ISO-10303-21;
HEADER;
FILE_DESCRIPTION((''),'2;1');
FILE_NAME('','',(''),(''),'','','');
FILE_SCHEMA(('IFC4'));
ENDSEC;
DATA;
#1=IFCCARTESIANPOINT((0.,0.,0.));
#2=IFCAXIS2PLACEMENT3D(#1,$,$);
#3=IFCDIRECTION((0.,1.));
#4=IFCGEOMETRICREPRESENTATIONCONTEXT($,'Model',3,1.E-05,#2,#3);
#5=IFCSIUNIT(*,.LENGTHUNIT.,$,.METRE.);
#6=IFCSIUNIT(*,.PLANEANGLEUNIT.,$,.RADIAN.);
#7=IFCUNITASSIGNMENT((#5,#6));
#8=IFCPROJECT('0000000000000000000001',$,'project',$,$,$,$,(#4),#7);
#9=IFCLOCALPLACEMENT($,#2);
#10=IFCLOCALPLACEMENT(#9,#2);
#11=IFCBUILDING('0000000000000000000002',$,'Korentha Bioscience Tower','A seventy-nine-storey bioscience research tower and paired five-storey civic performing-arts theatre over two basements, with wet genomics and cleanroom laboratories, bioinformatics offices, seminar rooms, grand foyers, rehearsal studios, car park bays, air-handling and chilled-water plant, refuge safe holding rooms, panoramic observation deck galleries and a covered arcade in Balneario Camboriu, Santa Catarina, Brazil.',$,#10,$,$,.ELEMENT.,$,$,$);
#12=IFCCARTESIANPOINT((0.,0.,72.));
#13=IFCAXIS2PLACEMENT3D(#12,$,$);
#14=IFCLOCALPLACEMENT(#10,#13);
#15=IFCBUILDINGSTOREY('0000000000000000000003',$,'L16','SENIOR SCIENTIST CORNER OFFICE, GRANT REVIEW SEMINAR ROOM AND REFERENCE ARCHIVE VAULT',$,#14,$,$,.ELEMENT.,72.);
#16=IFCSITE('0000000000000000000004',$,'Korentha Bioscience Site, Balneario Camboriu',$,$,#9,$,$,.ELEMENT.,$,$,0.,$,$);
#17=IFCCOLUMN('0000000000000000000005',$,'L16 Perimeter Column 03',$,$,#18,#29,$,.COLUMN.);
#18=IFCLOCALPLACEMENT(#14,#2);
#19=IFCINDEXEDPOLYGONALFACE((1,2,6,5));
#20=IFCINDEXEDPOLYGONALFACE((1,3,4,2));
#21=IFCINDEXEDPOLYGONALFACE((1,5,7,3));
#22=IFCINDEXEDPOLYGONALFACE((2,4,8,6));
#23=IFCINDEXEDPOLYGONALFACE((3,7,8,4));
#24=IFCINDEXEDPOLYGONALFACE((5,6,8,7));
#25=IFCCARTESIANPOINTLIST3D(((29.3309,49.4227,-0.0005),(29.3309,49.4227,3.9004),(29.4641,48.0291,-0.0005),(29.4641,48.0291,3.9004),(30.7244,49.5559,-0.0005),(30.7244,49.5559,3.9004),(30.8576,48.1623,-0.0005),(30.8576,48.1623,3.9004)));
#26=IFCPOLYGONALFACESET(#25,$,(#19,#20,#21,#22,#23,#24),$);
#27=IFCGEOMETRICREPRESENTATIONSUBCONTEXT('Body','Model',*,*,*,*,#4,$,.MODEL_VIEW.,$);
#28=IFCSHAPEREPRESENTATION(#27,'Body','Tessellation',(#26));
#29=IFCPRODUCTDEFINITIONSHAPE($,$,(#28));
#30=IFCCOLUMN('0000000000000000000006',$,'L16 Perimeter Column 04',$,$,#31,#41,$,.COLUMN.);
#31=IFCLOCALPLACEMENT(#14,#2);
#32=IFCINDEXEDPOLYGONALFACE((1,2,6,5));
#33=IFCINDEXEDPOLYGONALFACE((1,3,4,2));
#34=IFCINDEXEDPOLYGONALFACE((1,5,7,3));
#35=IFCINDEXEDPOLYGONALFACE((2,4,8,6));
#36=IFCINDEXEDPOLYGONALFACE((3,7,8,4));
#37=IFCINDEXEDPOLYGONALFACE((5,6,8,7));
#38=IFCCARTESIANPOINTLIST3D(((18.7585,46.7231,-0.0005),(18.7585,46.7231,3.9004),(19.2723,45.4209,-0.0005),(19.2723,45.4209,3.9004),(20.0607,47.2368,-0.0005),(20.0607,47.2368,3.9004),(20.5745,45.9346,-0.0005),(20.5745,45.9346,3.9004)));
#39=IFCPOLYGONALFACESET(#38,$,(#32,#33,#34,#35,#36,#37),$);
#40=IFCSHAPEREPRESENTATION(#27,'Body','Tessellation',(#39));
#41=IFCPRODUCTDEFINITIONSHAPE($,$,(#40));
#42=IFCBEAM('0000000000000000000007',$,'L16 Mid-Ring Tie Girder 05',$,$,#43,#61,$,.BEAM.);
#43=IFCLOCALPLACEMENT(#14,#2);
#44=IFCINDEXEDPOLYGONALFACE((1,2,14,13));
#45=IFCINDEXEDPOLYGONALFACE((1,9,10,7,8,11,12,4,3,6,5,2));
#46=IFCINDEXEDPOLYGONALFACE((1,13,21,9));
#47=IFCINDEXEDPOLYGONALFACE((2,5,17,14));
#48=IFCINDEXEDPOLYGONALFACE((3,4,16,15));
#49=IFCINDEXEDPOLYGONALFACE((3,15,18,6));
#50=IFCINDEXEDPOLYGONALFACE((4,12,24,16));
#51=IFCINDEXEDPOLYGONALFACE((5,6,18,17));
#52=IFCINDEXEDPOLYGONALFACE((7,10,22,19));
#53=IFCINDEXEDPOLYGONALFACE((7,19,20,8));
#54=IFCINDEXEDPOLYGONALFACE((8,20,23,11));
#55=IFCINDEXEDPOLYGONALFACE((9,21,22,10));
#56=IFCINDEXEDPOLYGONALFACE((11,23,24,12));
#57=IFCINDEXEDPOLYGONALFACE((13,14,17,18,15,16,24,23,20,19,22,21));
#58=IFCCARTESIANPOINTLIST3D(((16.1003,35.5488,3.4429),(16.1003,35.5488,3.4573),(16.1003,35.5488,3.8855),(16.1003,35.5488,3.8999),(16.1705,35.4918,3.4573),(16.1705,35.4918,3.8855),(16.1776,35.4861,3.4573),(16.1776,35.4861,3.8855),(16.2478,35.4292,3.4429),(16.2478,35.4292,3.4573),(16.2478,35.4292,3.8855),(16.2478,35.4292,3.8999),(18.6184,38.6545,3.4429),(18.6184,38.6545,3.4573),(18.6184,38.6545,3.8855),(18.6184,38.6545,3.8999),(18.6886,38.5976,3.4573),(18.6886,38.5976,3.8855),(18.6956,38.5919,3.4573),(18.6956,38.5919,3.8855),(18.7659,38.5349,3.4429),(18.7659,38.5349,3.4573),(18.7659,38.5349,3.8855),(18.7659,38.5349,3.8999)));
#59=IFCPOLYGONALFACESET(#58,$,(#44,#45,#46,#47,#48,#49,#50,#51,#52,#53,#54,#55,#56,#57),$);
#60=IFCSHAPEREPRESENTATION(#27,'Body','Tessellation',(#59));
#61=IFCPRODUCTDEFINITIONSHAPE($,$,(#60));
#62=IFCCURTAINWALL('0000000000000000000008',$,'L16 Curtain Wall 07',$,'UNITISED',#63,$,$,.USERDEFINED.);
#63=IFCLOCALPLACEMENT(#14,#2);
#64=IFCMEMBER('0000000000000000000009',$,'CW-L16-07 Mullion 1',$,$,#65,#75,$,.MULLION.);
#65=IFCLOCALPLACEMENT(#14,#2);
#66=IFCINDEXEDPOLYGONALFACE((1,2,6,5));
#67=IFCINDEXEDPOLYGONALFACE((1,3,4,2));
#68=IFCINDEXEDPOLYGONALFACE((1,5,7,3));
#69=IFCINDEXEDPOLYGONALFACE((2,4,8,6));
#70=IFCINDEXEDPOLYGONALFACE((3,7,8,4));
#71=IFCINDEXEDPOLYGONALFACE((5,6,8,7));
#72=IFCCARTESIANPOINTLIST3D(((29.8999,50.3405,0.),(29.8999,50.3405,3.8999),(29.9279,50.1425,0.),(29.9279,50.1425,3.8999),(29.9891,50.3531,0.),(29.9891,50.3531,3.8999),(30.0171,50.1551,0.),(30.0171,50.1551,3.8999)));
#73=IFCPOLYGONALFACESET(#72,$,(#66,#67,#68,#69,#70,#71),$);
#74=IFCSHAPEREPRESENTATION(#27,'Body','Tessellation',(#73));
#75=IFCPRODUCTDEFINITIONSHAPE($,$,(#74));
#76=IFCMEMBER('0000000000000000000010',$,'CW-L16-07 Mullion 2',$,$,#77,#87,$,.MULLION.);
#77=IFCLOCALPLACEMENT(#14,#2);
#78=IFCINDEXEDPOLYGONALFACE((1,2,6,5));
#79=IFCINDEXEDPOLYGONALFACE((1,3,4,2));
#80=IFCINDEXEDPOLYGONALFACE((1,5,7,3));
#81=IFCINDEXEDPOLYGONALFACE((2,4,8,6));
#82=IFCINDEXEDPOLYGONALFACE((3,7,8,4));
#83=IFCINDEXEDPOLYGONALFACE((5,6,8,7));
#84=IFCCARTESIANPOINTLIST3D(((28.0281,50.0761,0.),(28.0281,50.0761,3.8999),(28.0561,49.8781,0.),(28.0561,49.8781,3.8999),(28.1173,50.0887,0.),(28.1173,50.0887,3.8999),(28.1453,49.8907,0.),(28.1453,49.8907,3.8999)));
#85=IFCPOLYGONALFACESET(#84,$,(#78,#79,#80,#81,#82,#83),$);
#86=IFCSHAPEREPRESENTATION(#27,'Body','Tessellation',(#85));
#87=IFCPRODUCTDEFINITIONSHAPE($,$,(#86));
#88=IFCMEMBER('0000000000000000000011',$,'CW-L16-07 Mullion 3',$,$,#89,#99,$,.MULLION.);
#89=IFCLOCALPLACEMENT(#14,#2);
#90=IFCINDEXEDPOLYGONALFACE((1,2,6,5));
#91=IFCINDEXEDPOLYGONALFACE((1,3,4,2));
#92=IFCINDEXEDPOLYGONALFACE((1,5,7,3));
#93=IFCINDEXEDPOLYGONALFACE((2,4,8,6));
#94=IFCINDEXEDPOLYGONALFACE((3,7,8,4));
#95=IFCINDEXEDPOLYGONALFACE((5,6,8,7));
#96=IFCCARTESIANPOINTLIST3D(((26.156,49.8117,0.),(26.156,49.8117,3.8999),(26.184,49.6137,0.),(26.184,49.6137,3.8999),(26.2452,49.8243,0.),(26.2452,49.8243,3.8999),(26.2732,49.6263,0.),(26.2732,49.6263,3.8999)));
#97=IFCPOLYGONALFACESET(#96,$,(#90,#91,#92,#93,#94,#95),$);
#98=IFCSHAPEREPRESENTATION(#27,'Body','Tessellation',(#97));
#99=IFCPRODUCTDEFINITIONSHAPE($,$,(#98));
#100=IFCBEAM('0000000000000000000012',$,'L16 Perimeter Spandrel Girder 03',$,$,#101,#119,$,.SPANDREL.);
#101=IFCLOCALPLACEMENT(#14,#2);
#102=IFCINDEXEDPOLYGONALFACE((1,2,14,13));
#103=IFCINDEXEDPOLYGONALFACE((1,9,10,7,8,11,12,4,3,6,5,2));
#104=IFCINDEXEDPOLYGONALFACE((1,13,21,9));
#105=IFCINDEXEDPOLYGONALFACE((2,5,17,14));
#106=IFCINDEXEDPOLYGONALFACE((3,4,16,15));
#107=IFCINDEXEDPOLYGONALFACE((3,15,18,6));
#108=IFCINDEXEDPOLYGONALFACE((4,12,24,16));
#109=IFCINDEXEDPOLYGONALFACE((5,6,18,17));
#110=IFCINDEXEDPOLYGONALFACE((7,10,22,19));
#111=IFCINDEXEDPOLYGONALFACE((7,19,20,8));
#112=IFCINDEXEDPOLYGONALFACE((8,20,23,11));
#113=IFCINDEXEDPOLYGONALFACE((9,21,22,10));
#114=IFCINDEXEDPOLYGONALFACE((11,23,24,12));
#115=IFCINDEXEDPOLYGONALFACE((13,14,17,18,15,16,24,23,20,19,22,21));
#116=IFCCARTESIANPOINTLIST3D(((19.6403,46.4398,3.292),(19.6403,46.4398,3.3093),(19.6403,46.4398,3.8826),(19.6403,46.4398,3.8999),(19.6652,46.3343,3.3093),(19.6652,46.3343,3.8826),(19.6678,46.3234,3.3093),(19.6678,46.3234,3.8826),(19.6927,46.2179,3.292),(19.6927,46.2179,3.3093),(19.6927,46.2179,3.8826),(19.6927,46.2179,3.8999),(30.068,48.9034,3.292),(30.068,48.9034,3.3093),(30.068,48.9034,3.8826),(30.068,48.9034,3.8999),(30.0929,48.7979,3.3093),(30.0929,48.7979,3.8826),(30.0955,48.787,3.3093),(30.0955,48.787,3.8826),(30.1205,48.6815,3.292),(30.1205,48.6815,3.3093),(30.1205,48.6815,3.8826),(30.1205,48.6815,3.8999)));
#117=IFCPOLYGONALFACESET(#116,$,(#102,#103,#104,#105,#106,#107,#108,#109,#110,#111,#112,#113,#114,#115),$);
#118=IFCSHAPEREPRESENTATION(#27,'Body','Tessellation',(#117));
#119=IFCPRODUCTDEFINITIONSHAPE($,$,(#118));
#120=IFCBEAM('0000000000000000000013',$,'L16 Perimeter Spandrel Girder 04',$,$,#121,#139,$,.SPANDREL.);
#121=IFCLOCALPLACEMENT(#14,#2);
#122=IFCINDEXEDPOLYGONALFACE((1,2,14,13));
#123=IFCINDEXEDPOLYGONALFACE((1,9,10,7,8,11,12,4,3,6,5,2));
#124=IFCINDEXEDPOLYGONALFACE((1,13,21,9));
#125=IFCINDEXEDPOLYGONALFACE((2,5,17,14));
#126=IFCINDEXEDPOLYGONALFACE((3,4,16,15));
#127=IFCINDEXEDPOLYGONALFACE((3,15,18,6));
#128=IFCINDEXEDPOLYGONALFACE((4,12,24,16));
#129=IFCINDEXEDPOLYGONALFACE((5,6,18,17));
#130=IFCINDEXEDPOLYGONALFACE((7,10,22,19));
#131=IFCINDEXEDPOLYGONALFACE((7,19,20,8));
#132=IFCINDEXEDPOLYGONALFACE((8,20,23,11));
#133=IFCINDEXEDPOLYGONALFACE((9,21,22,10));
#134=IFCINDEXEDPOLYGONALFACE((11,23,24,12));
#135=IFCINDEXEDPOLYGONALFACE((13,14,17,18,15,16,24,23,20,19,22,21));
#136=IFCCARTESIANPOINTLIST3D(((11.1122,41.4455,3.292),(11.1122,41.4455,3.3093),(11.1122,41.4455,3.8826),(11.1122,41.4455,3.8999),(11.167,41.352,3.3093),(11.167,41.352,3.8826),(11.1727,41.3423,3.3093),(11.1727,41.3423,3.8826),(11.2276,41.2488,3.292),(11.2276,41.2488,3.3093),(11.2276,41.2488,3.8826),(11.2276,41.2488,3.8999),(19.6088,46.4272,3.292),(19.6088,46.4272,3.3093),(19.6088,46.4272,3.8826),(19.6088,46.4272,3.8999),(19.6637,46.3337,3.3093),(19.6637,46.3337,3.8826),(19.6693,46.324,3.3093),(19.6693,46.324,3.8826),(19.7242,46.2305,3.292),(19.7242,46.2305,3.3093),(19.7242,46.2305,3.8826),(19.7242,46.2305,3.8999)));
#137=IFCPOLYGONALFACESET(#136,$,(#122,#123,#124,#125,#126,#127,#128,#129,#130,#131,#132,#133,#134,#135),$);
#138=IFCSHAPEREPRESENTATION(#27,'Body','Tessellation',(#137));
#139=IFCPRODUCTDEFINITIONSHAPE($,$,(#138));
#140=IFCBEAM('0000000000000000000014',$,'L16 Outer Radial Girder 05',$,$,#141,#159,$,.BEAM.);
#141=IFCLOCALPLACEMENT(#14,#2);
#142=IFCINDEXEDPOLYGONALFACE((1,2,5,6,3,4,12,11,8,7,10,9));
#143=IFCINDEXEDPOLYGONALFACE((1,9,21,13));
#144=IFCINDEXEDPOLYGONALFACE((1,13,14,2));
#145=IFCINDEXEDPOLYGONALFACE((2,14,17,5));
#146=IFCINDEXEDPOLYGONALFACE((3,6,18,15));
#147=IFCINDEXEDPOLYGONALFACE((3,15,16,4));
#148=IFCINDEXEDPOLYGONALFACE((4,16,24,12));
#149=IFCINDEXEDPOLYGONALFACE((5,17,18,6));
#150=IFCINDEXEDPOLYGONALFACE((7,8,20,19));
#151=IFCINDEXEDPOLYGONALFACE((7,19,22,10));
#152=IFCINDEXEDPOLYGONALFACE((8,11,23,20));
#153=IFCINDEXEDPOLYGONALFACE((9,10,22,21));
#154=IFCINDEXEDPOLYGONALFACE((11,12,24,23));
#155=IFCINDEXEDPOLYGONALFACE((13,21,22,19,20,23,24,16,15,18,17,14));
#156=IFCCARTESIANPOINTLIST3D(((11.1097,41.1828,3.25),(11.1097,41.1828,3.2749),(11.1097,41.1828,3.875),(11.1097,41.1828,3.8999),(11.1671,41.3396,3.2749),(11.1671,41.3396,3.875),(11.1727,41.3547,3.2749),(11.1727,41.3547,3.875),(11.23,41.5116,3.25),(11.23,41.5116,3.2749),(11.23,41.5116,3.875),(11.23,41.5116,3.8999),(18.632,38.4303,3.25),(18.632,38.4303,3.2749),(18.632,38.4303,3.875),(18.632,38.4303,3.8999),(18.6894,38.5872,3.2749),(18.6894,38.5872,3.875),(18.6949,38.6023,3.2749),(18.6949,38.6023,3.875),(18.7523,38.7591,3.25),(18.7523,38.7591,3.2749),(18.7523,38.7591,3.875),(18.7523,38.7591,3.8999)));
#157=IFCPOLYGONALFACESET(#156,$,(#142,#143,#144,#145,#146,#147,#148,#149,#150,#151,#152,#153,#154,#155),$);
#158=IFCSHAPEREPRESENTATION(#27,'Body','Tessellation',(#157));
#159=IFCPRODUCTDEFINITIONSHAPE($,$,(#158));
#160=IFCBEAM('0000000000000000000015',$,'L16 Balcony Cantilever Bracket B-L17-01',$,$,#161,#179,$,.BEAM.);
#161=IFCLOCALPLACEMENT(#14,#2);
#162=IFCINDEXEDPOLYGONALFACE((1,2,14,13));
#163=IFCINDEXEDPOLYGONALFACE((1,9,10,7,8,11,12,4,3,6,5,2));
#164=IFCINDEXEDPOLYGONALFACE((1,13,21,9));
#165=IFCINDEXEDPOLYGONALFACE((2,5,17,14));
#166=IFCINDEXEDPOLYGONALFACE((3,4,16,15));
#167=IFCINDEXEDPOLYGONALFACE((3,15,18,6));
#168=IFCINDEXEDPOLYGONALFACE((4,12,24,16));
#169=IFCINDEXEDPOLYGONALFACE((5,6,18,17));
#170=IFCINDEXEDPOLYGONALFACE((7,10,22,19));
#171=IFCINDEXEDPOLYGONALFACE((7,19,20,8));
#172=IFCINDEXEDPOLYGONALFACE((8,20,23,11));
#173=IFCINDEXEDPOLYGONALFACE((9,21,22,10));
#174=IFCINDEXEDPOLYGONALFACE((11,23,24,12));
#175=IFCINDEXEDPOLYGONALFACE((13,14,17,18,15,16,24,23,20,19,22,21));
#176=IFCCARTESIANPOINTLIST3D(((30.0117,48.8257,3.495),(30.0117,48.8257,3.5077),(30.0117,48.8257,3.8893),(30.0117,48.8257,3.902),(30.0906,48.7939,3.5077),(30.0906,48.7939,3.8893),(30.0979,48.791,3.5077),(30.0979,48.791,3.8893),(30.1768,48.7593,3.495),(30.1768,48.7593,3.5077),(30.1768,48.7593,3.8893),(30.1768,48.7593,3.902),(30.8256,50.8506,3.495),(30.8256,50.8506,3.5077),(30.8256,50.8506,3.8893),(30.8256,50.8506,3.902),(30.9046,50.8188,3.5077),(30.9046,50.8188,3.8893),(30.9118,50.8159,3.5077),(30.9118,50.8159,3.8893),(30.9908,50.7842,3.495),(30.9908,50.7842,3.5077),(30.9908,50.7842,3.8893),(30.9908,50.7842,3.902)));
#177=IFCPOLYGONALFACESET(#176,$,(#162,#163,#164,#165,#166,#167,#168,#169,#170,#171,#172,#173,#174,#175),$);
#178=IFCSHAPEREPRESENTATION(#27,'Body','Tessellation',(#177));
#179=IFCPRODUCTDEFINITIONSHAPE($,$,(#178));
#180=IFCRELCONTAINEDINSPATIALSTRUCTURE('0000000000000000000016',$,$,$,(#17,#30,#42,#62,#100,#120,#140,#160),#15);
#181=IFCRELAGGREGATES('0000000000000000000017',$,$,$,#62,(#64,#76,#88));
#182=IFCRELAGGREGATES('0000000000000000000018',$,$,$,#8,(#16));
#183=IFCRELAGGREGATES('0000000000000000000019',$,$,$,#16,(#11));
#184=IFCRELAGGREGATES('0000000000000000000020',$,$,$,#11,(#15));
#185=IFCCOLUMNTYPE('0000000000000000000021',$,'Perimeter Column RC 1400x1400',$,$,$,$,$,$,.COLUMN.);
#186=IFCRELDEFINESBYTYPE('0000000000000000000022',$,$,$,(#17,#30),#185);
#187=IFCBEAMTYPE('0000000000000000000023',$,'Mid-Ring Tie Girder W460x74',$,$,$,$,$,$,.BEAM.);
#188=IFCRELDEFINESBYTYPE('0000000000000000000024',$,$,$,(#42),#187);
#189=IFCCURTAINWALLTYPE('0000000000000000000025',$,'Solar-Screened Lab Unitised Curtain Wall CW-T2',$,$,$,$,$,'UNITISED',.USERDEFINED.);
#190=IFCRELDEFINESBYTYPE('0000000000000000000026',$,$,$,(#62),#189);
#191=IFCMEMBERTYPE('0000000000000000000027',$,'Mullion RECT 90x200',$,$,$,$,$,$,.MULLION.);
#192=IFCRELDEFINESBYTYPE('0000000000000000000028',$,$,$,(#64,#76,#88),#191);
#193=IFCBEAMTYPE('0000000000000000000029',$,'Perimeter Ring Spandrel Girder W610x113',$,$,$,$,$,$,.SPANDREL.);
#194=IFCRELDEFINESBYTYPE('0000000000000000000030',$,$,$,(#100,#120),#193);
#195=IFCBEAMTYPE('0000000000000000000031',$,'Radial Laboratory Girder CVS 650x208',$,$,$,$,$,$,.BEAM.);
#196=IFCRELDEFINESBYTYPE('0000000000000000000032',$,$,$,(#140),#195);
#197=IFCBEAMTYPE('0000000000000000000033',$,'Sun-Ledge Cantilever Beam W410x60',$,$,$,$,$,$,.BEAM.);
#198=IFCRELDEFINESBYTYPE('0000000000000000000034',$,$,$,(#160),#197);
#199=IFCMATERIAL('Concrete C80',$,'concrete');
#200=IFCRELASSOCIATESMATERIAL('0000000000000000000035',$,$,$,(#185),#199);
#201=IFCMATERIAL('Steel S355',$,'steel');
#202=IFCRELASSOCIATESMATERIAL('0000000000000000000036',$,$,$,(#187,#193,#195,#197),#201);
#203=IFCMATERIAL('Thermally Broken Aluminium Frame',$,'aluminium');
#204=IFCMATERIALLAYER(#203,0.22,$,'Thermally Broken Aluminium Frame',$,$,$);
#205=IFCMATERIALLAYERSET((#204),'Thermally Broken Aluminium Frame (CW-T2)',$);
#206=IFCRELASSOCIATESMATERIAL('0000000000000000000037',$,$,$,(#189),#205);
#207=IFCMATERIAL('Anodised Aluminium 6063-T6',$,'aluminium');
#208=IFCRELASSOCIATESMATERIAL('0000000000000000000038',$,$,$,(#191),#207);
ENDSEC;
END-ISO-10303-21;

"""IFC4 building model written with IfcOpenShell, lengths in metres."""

from ifc_helpers import new_model, si_unit, direction, frame, origin, origin_2d, place, context, subcontext, project, spatial, rectangle, i_section, extrude, material, layer, layer_set, material_profile, profile_set, type_object, element, aggregate, save


model = new_model("IFC4")

# Units and contexts
model_context = context("Model", 3, precision=1e-05, world=origin(), true_north=direction((0.0, 1.0)))
body_context = subcontext(model_context, "Body", "Model", "MODEL_VIEW")
ifc_project = project(units=[si_unit("LENGTHUNIT", "METRE"), si_unit("PLANEANGLEUNIT", "RADIAN")], contexts=[model_context])

# Site, building, storey
site_placement = place(None, origin())
site = spatial("IfcSite", under=ifc_project, at=site_placement, Name="Korentha Bioscience Site, Balneario Camboriu", CompositionType="ELEMENT", RefElevation=0.0)
building_placement = place(site_placement, origin())
building = spatial("IfcBuilding", under=site, at=building_placement, Name="Korentha Bioscience Tower", Description="A seventy-nine-storey bioscience research tower and paired five-storey civic performing-arts theatre over two basements, with wet genomics and cleanroom laboratories, bioinformatics offices, seminar rooms, grand foyers, rehearsal studios, car park bays, air-handling and chilled-water plant, refuge safe holding rooms, panoramic observation deck galleries and a covered arcade in Balneario Camboriu, Santa Catarina, Brazil.", CompositionType="ELEMENT")
storey_placement = place(building_placement, frame((0.0, 0.0, 72.0)))
storey = spatial("IfcBuildingStorey", under=building, at=storey_placement, Name="L16", Description="SENIOR SCIENTIST CORNER OFFICE, GRANT REVIEW SEMINAR ROOM AND REFERENCE ARCHIVE VAULT", CompositionType="ELEMENT", Elevation=72.0)

# Columns
ifc_material_1 = material(Name="Concrete C80", Category="concrete")
ifc_material_profile_1 = material_profile(ifc_material_1, rectangle(XDim=1.3999, YDim=1.3999, at=origin_2d()), Name="Concrete C80")
ifc_profile_set_1 = profile_set([ifc_material_profile_1], Name="Concrete C80 (COL-P14)")
column_type = type_object("IfcColumnType", Name="Perimeter Column RC 1400x1400", PredefinedType="COLUMN", material=ifc_profile_set_1)
for number, where, z_axis, x_axis, name in (
    (1, (30.0942, 48.7925, -0.0005), (0.0, 0.0, 1.0), (0.995463, 0.095151, 0.0), "L16 Perimeter Column 03"),
    (2, (19.6665, 46.3289, -0.0005), (0.0, 0.0, 1.0), (0.930226, 0.366988, 0.0), "L16 Perimeter Column 04"),
):
    element("IfcColumn", number, at=place(storey_placement, frame(where, z_axis=z_axis, x_axis=x_axis)), inside=storey, type_object=column_type, Name=name, PredefinedType="COLUMN", context=body_context, shape_type="SweptSolid", body=[
        extrude(rectangle(XDim=1.3999, YDim=1.3999, at=origin_2d()), origin(), (0.0, 0.0, 1.0), 3.9009),
    ])

# Beam
ifc_material_2 = material(Name="Steel S355", Category="steel")
ifc_material_profile_2 = material_profile(ifc_material_2, i_section(OverallWidth=0.1899, OverallDepth=0.457, WebThickness=0.009, FlangeThickness=0.0144, at=origin_2d()), Name="Steel S355")
ifc_profile_set_2 = profile_set([ifc_material_profile_2], Name="Steel S355 (MB-460)")
beam_type_1 = type_object("IfcBeamType", Name="Mid-Ring Tie Girder W460x74", PredefinedType="BEAM", material=ifc_profile_set_2)
beam_1_placement = place(storey_placement, frame((18.6921, 38.5947, 3.6714), z_axis=(-0.62979, -0.776765, 0.0), x_axis=(0.776765, -0.62979, 0.0)))
element("IfcBeam", 3, at=beam_1_placement, inside=storey, type_object=beam_type_1, Name="L16 Mid-Ring Tie Girder 05", PredefinedType="BEAM", context=body_context, shape_type="SweptSolid", body=[
    extrude(i_section(OverallWidth=0.1899, OverallDepth=0.457, WebThickness=0.009, FlangeThickness=0.0144, at=origin_2d()), origin(), (0.0, 0.0, 1.0), 3.9983),
])

# Curtain wall, members
ifc_material_3 = material(Name="Thermally Broken Aluminium Frame", Category="aluminium")
ifc_layer_1 = layer(ifc_material_3, 0.22, Name="Thermally Broken Aluminium Frame")
ifc_layer_set_1 = layer_set([ifc_layer_1], Name="Thermally Broken Aluminium Frame (CW-T2)")
curtain_wall_type = type_object("IfcCurtainWallType", Name="Solar-Screened Lab Unitised Curtain Wall CW-T2", ElementType="UNITISED", PredefinedType="USERDEFINED", material=ifc_layer_set_1)
curtain_wall_placement = place(storey_placement, origin())
curtain_wall = element("IfcCurtainWall", 4, at=curtain_wall_placement, inside=storey, type_object=curtain_wall_type, Name="L16 Curtain Wall 07", ObjectType="UNITISED", PredefinedType="USERDEFINED")
ifc_material_4 = material(Name="Anodised Aluminium 6063-T6", Category="aluminium")
ifc_material_profile_3 = material_profile(ifc_material_4, rectangle(XDim=0.0901, YDim=0.2, at=origin_2d()), Name="Anodised Aluminium 6063-T6")
ifc_profile_set_3 = profile_set([ifc_material_profile_3], Name="Anodised Aluminium 6063-T6 (CW-MUL)")
member_type_1 = type_object("IfcMemberType", Name="Mullion RECT 90x200", PredefinedType="MULLION", material=ifc_profile_set_3)
member_1_placement = place(storey_placement, frame((29.9585, 50.2478, 0.0), z_axis=(0.0, 0.0, 1.0), x_axis=(-0.990167, -0.139888, 0.0)))
member_1 = element("IfcMember", 5, at=member_1_placement, type_object=member_type_1, Name="CW-L16-07 Mullion 1", PredefinedType="MULLION", context=body_context, shape_type="SweptSolid", body=[
    extrude(rectangle(XDim=0.0901, YDim=0.2, at=origin_2d()), origin(), (0.0, 0.0, 1.0), 3.8999),
])
member_2_placement = place(storey_placement, frame((28.0867, 49.9834, 0.0), z_axis=(0.0, 0.0, 1.0), x_axis=(-0.990167, -0.139888, 0.0)))
member_2 = element("IfcMember", 6, at=member_2_placement, type_object=member_type_1, Name="CW-L16-07 Mullion 2", PredefinedType="MULLION", context=body_context, shape_type="SweptSolid", body=[
    extrude(rectangle(XDim=0.0901, YDim=0.2, at=origin_2d()), origin(), (0.0, 0.0, 1.0), 3.8999),
])
member_3_placement = place(storey_placement, frame((26.2146, 49.719, 0.0), z_axis=(0.0, 0.0, 1.0), x_axis=(-0.990167, -0.139888, 0.0)))
member_3 = element("IfcMember", 7, at=member_3_placement, type_object=member_type_1, Name="CW-L16-07 Mullion 3", PredefinedType="MULLION", context=body_context, shape_type="SweptSolid", body=[
    extrude(rectangle(XDim=0.0901, YDim=0.2, at=origin_2d()), origin(), (0.0, 0.0, 1.0), 3.8999),
])

# Beams
ifc_material_profile_4 = material_profile(ifc_material_2, i_section(OverallWidth=0.228, OverallDepth=0.6079, WebThickness=0.0112, FlangeThickness=0.0173, at=origin_2d()), Name="Steel S355")
ifc_profile_set_4 = profile_set([ifc_material_profile_4], Name="Steel S355 (SB-610)")
beam_type_2 = type_object("IfcBeamType", Name="Perimeter Ring Spandrel Girder W610x113", PredefinedType="SPANDREL", material=ifc_profile_set_4)
beam_2_placement = place(storey_placement, frame((30.0942, 48.7925, 3.5959), z_axis=(-0.973208, -0.229927, 0.0), x_axis=(0.229927, -0.973208, 0.0)))
element("IfcBeam", 8, at=beam_2_placement, inside=storey, type_object=beam_type_2, Name="L16 Perimeter Spandrel Girder 03", PredefinedType="SPANDREL", context=body_context, shape_type="SweptSolid", body=[
    extrude(i_section(OverallWidth=0.228, OverallDepth=0.6079, WebThickness=0.0112, FlangeThickness=0.0173, at=origin_2d()), origin(), (0.0, 0.0, 1.0), 10.7148),
])
beam_3_placement = place(storey_placement, frame((19.6665, 46.3289, 3.5959), z_axis=(-0.862657, -0.50579, 0.0), x_axis=(0.50579, -0.862657, 0.0)))
element("IfcBeam", 9, at=beam_3_placement, inside=storey, type_object=beam_type_2, Name="L16 Perimeter Spandrel Girder 04", PredefinedType="SPANDREL", context=body_context, shape_type="SweptSolid", body=[
    extrude(i_section(OverallWidth=0.228, OverallDepth=0.6079, WebThickness=0.0112, FlangeThickness=0.0173, at=origin_2d()), origin(), (0.0, 0.0, 1.0), 9.8494),
])
ifc_material_profile_5 = material_profile(ifc_material_2, i_section(OverallWidth=0.3501, OverallDepth=0.6499, WebThickness=0.0161, FlangeThickness=0.0249, at=origin_2d()), Name="Steel S355")
ifc_profile_set_5 = profile_set([ifc_material_profile_5], Name="Steel S355 (RB-650)")
beam_type_3 = type_object("IfcBeamType", Name="Radial Laboratory Girder CVS 650x208", PredefinedType="BEAM", material=ifc_profile_set_5)
beam_4_placement = place(storey_placement, frame((18.6921, 38.5947, 3.575), z_axis=(-0.939106, 0.343627, 0.0), x_axis=(-0.343627, -0.939106, 0.0)))
element("IfcBeam", 10, at=beam_4_placement, inside=storey, type_object=beam_type_3, Name="L16 Outer Radial Girder 05", PredefinedType="BEAM", context=body_context, shape_type="SweptSolid", body=[
    extrude(i_section(OverallWidth=0.3501, OverallDepth=0.6499, WebThickness=0.0161, FlangeThickness=0.0249, at=origin_2d()), origin(), (0.0, 0.0, 1.0), 8.01),
])
ifc_material_profile_6 = material_profile(ifc_material_2, i_section(OverallWidth=0.178, OverallDepth=0.407, WebThickness=0.0078, FlangeThickness=0.0127, at=origin_2d()), Name="Steel S355")
ifc_profile_set_6 = profile_set([ifc_material_profile_6], Name="Steel S355 (CB-410)")
beam_type_4 = type_object("IfcBeamType", Name="Sun-Ledge Cantilever Beam W410x60", PredefinedType="BEAM", material=ifc_profile_set_6)
beam_5_placement = place(storey_placement, frame((30.0942, 48.7925, 3.6985), z_axis=(0.372972, 0.927843, 0.0), x_axis=(-0.927843, 0.372972, 0.0)))
element("IfcBeam", 11, at=beam_5_placement, inside=storey, type_object=beam_type_4, Name="L16 Balcony Cantilever Bracket B-L17-01", PredefinedType="BEAM", context=body_context, shape_type="SweptSolid", body=[
    extrude(i_section(OverallWidth=0.178, OverallDepth=0.407, WebThickness=0.0078, FlangeThickness=0.0127, at=origin_2d()), origin(), (0.0, 0.0, 1.0), 2.1824),
])

aggregate(curtain_wall, [member_1, member_2, member_3])

save(model, "model.ifc")
